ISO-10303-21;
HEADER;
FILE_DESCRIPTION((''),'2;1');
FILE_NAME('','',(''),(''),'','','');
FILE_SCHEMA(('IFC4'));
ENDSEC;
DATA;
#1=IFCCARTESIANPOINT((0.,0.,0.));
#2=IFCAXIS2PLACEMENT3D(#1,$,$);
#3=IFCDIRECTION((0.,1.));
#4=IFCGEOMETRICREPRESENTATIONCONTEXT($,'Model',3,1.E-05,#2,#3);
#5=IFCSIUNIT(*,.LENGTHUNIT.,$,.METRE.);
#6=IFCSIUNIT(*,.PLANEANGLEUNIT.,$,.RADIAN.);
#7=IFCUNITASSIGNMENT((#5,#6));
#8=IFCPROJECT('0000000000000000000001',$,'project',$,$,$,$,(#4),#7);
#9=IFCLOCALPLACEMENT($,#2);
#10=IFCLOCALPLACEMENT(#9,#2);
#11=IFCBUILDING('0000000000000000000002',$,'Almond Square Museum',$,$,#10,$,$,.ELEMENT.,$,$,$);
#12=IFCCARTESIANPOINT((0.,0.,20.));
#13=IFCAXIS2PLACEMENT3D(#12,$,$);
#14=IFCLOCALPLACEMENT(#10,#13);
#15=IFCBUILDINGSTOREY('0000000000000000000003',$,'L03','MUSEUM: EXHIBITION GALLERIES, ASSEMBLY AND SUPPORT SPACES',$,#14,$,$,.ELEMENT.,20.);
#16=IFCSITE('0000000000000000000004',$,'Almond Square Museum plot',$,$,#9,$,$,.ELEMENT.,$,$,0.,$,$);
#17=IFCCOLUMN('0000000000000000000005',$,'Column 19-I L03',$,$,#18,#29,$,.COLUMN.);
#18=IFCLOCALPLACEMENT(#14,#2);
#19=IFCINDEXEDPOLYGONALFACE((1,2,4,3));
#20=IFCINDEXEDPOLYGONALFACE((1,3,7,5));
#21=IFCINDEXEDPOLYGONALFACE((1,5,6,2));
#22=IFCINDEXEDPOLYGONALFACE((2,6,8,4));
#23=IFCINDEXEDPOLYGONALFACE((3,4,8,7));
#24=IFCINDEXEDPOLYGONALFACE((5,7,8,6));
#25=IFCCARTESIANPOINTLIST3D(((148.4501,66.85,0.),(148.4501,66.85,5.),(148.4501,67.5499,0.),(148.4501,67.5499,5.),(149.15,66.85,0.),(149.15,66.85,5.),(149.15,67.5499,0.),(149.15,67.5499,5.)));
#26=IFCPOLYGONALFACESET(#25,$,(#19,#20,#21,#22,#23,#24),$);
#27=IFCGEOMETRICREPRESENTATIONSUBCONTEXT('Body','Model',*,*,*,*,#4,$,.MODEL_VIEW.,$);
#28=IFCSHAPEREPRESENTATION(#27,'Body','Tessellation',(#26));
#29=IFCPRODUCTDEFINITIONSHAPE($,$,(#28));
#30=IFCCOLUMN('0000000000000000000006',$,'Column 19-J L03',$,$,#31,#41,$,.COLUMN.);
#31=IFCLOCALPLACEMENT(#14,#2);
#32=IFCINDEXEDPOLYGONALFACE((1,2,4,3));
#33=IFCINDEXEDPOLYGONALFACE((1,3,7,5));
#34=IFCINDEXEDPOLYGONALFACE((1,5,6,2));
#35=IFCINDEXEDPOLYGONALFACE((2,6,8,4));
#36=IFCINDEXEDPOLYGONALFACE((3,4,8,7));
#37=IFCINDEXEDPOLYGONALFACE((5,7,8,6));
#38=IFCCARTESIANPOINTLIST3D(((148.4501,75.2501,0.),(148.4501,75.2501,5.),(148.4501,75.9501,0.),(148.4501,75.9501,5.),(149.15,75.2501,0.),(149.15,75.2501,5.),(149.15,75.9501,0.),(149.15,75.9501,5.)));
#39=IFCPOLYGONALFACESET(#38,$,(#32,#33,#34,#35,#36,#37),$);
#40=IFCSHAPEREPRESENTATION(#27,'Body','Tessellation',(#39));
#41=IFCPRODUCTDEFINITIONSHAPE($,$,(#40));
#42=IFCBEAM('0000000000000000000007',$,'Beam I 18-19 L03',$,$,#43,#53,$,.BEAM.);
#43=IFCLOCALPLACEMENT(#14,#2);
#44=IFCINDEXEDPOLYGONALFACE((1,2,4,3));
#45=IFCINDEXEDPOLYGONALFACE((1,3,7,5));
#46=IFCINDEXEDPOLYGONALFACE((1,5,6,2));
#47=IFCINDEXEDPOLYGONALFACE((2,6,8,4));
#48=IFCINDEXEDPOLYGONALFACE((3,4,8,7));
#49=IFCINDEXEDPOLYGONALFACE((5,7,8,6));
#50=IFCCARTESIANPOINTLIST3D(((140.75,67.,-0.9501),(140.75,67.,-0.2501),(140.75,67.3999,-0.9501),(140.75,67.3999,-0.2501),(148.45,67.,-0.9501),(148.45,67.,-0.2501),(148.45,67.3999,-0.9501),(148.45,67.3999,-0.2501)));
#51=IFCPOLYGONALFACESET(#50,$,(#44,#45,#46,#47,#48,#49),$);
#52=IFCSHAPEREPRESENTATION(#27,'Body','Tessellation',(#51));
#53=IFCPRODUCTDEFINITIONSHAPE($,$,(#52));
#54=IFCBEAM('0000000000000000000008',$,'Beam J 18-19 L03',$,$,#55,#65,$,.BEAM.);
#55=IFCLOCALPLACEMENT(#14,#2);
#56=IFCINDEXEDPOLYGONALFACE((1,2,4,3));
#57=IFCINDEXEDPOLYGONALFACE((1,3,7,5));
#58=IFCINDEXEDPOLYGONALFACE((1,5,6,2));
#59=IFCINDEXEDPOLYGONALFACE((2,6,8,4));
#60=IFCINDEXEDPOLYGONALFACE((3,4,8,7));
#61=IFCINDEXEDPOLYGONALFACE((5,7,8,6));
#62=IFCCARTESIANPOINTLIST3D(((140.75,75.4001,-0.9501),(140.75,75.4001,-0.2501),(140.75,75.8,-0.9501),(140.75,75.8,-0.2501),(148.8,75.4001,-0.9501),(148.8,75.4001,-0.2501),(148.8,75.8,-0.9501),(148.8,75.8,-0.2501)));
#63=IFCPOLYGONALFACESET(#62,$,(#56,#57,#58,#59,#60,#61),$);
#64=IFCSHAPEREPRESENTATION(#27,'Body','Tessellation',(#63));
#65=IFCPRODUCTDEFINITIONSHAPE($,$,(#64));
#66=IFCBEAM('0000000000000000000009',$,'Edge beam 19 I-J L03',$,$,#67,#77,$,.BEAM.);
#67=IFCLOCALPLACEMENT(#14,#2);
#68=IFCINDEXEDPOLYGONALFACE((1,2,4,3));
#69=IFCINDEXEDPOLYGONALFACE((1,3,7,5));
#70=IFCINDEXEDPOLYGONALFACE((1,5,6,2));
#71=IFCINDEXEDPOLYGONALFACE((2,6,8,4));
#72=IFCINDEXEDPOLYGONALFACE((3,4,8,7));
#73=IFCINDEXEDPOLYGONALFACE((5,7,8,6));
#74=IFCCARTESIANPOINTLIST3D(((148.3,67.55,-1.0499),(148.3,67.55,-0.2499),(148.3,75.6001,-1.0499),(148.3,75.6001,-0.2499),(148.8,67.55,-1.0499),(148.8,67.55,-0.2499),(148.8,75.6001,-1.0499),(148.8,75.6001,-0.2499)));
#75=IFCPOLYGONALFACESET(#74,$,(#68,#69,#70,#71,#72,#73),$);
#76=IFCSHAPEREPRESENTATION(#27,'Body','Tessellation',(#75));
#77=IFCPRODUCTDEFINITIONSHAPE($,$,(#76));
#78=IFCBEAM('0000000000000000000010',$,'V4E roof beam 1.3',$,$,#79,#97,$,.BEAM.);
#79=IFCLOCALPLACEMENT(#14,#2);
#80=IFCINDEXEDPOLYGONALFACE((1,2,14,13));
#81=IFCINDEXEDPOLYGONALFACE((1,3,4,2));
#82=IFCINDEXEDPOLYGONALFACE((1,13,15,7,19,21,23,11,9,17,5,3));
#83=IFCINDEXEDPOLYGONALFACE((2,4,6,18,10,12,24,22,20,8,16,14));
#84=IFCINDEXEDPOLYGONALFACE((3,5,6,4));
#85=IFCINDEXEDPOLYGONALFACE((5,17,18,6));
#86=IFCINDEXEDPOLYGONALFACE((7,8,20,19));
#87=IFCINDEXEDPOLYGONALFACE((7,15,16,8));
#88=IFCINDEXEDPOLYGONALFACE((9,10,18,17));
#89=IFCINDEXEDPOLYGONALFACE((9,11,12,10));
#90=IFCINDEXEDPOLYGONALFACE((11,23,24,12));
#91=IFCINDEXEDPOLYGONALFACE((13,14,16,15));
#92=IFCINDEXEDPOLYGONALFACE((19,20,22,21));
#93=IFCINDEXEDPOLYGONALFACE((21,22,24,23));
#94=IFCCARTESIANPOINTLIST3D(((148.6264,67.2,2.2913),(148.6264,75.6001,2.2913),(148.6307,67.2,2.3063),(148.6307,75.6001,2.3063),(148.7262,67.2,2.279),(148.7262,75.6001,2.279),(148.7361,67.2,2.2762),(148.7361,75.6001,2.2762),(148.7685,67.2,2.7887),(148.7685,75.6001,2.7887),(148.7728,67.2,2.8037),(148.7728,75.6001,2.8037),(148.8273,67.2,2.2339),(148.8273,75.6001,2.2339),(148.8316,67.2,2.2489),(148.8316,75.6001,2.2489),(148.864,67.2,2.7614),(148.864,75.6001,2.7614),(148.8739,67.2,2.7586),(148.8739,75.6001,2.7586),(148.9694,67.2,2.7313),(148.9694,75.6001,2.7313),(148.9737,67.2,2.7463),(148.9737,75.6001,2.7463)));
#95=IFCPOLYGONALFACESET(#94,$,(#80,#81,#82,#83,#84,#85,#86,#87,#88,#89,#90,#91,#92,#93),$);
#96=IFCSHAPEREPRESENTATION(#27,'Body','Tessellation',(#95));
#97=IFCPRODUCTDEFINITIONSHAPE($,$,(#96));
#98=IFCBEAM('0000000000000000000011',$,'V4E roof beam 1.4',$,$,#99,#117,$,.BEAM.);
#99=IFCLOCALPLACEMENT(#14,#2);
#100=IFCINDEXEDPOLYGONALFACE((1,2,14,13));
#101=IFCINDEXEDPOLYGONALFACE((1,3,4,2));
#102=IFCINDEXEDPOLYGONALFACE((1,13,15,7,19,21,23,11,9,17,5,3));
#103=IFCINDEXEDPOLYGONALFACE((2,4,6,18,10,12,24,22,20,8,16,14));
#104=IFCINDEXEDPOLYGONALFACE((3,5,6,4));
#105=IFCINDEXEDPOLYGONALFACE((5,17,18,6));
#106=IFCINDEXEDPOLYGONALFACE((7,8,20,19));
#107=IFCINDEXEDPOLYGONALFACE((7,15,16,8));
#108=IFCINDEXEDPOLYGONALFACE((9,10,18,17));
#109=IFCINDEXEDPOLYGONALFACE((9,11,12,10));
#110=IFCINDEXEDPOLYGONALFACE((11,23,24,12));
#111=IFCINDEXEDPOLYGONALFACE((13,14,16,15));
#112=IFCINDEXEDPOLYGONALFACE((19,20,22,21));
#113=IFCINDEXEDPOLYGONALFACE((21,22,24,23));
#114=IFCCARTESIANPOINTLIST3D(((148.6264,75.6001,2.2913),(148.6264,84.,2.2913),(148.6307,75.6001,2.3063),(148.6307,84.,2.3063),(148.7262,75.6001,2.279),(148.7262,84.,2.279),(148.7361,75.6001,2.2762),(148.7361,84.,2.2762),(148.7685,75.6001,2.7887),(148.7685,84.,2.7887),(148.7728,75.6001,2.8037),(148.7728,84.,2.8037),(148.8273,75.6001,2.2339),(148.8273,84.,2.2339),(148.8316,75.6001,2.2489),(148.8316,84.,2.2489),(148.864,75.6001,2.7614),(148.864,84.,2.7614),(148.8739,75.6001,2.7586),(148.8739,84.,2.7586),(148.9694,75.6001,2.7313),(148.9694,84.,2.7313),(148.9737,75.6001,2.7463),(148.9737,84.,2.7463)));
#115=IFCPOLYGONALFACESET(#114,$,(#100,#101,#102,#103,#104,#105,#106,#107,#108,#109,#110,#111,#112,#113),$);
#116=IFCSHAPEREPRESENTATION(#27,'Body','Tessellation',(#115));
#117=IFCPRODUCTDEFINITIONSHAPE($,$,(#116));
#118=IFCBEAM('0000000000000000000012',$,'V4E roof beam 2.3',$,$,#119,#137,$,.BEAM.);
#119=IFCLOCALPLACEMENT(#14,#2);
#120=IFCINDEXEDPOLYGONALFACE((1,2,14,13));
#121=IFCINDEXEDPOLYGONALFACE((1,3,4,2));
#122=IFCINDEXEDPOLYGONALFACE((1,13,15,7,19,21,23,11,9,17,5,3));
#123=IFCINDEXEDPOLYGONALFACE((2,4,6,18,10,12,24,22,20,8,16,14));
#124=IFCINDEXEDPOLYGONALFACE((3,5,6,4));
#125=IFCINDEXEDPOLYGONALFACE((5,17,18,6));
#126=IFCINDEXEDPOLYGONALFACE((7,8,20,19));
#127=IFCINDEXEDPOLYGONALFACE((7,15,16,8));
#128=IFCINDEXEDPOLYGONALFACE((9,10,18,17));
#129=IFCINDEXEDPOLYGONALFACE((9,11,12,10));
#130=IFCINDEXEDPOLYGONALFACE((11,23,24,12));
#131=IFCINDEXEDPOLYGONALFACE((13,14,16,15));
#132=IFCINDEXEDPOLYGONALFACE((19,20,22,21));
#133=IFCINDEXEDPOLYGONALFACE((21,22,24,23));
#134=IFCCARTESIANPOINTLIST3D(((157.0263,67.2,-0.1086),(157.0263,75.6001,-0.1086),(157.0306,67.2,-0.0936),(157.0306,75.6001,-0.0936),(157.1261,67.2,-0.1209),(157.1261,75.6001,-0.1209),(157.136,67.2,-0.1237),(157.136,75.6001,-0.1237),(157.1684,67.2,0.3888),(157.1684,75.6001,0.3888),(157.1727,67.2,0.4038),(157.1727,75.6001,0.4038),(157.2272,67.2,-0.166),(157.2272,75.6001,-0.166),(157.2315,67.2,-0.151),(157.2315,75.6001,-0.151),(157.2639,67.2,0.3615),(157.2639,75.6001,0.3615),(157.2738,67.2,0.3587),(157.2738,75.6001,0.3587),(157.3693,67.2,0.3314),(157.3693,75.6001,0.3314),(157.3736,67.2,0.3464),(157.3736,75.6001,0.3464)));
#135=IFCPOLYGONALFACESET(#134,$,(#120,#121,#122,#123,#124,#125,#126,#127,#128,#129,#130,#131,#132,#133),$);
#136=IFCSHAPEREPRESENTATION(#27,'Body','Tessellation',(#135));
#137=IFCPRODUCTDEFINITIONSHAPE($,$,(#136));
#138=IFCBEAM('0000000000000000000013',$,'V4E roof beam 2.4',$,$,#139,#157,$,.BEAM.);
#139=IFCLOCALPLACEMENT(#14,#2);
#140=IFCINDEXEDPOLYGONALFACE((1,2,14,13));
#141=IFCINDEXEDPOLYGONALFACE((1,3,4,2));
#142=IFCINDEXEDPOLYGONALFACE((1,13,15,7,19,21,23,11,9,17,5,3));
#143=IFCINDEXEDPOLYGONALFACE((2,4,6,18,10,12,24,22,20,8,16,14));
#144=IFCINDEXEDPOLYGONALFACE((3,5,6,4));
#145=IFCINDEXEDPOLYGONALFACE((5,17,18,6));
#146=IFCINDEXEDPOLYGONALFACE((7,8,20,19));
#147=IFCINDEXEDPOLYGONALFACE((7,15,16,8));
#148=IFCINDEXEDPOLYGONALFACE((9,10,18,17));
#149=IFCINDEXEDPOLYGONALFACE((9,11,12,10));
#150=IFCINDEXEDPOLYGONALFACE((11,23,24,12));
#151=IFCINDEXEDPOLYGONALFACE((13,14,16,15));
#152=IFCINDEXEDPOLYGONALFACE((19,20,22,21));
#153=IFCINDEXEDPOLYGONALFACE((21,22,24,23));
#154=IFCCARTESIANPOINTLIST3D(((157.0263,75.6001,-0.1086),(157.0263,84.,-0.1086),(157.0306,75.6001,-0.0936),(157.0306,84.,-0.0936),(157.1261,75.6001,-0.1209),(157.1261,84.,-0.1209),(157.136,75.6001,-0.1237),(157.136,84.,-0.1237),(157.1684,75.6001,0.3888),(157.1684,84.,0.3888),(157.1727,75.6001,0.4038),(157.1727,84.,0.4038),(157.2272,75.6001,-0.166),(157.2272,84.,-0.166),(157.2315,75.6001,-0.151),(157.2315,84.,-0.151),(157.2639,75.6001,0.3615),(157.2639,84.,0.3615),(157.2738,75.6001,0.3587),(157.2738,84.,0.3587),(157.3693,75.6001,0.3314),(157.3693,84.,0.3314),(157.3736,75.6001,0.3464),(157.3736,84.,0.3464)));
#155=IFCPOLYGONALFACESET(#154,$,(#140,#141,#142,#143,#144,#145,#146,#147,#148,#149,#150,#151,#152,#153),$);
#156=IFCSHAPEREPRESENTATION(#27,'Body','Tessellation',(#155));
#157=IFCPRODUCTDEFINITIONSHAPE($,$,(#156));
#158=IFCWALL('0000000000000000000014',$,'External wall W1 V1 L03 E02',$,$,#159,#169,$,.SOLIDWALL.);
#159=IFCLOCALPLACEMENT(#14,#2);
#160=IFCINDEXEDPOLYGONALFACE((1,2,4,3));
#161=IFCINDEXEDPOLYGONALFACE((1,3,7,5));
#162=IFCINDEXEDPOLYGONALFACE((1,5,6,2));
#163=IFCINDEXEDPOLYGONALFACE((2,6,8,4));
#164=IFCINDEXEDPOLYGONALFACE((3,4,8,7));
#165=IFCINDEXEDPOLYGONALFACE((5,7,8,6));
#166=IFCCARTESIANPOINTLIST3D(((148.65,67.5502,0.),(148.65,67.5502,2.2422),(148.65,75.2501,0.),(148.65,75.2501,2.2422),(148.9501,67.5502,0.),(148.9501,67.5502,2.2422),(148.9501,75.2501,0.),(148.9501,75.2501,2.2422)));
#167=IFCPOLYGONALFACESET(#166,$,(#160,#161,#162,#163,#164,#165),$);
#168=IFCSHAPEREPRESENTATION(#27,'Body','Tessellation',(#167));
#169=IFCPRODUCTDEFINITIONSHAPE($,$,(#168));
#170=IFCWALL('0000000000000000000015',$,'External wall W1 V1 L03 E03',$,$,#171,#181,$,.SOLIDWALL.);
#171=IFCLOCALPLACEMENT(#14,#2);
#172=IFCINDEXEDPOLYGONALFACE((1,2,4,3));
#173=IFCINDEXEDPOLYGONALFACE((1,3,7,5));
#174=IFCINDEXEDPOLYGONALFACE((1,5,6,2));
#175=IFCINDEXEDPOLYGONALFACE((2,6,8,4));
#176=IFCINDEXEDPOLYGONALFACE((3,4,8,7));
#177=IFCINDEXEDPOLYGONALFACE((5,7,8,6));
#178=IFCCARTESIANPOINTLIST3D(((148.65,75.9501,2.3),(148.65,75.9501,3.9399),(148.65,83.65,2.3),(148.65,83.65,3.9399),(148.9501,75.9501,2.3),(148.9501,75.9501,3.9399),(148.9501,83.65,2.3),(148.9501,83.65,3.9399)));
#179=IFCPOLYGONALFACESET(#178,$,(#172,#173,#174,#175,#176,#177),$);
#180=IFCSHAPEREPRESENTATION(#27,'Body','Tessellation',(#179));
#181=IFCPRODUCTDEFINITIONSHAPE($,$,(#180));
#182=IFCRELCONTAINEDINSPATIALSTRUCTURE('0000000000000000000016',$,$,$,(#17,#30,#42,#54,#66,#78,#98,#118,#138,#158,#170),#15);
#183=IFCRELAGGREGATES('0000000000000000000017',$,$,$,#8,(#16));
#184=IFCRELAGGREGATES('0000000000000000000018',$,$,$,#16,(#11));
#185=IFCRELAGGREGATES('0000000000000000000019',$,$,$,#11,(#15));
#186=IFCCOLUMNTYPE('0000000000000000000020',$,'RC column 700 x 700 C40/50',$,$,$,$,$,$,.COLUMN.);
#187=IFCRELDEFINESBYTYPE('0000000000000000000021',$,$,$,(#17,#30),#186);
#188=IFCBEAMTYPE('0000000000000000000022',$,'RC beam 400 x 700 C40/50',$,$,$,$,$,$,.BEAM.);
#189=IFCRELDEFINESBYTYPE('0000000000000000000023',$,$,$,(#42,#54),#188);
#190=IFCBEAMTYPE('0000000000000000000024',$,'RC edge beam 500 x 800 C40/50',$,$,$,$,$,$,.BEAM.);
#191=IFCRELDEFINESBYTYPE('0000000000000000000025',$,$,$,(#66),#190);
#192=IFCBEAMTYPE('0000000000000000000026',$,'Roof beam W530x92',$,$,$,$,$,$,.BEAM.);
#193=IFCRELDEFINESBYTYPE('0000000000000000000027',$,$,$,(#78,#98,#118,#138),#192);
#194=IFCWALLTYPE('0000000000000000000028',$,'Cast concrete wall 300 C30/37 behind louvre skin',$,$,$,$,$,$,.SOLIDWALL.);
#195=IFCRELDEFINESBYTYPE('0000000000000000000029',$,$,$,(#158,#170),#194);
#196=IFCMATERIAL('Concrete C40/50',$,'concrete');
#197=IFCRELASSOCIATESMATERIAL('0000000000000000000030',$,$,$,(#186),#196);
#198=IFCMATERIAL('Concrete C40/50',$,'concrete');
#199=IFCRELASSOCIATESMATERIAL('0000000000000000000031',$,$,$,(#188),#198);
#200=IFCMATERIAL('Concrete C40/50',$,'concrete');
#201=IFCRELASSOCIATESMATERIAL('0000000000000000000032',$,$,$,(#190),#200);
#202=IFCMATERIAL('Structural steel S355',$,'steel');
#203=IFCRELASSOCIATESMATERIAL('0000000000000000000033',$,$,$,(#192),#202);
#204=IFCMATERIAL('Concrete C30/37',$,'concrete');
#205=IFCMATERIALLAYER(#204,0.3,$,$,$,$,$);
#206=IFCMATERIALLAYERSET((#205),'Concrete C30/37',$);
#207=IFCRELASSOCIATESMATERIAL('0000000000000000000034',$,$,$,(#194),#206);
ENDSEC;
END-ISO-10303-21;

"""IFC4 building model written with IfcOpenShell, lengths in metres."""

from ifc_helpers import new_model, si_unit, direction, frame, frame_2d, origin, origin_2d, place, context, subcontext, project, spatial, rectangle, i_section, extrude, material, layer, layer_set, material_profile, profile_set, type_object, element, save


model = new_model("IFC4")

# Units and contexts
model_context = context("Model", 3, precision=1e-05, world=origin(), true_north=direction((0.0, 1.0)))
body_context = subcontext(model_context, "Body", "Model", "MODEL_VIEW")
ifc_project = project(units=[si_unit("LENGTHUNIT", "METRE"), si_unit("PLANEANGLEUNIT", "RADIAN")], contexts=[model_context])

# Site, building, storey
site_placement = place(None, origin())
site = spatial("IfcSite", under=ifc_project, at=site_placement, Name="Almond Square Museum plot", CompositionType="ELEMENT", RefElevation=0.0)
building_placement = place(site_placement, origin())
building = spatial("IfcBuilding", under=site, at=building_placement, Name="Almond Square Museum", CompositionType="ELEMENT")
storey_placement = place(building_placement, frame((0.0, 0.0, 20.0)))
storey = spatial("IfcBuildingStorey", under=building, at=storey_placement, Name="L03", Description="MUSEUM: EXHIBITION GALLERIES, ASSEMBLY AND SUPPORT SPACES", CompositionType="ELEMENT", Elevation=20.0)

# Columns
ifc_material_1 = material(Name="Concrete C40/50", Category="concrete")
ifc_material_profile_1 = material_profile(ifc_material_1, rectangle(XDim=0.7, YDim=0.7, at=origin_2d()))
ifc_profile_set_1 = profile_set([ifc_material_profile_1], Name="Concrete C40/50")
column_type = type_object("IfcColumnType", Name="RC column 700 x 700 C40/50", PredefinedType="COLUMN", material=ifc_profile_set_1)
for number, where, z_axis, x_axis, name in (
    (1, (148.8, 67.2, 0.0), (0.0, 0.0, 1.0), (1.0, 0.0, 0.0), "Column 19-I L03"),
    (2, (148.8, 75.6001, 0.0), (0.0, 0.0, 1.0), (1.0, 0.0, 0.0), "Column 19-J L03"),
):
    element("IfcColumn", number, at=place(storey_placement, frame(where, z_axis=z_axis, x_axis=x_axis)), inside=storey, type_object=column_type, Name=name, PredefinedType="COLUMN", context=body_context, shape_type="SweptSolid", body=[
        extrude(rectangle(XDim=0.7, YDim=0.7, at=origin_2d()), origin(), (0.0, 0.0, 1.0), 5.0),
    ])

# Beams
ifc_material_2 = material(Name="Concrete C40/50", Category="concrete")
ifc_material_profile_2 = material_profile(ifc_material_2, rectangle(XDim=0.3999, YDim=0.7, at=origin_2d()))
ifc_profile_set_2 = profile_set([ifc_material_profile_2], Name="Concrete C40/50")
beam_type_1 = type_object("IfcBeamType", Name="RC beam 400 x 700 C40/50", PredefinedType="BEAM", material=ifc_profile_set_2)
beam_1_placement = place(storey_placement, frame((140.75, 67.2, -0.6001), z_axis=(1.0, 0.0, 0.0), x_axis=(0.0, 1.0, 0.0)))
element("IfcBeam", 3, at=beam_1_placement, inside=storey, type_object=beam_type_1, Name="Beam I 18-19 L03", PredefinedType="BEAM", context=body_context, shape_type="SweptSolid", body=[
    extrude(rectangle(XDim=0.3999, YDim=0.7, at=origin_2d()), origin(), (0.0, 0.0, 1.0), 7.7),
])
beam_2_placement = place(storey_placement, frame((140.75, 75.6001, -0.6001), z_axis=(1.0, 0.0, 0.0), x_axis=(0.0, 1.0, 0.0)))
element("IfcBeam", 4, at=beam_2_placement, inside=storey, type_object=beam_type_1, Name="Beam J 18-19 L03", PredefinedType="BEAM", context=body_context, shape_type="SweptSolid", body=[
    extrude(rectangle(XDim=0.3999, YDim=0.7, at=origin_2d()), origin(), (0.0, 0.0, 1.0), 8.05),
])
ifc_material_3 = material(Name="Concrete C40/50", Category="concrete")
ifc_material_profile_3 = material_profile(ifc_material_3, rectangle(XDim=0.5, YDim=0.8, at=origin_2d()))
ifc_profile_set_3 = profile_set([ifc_material_profile_3], Name="Concrete C40/50")
beam_type_2 = type_object("IfcBeamType", Name="RC edge beam 500 x 800 C40/50", PredefinedType="BEAM", material=ifc_profile_set_3)
beam_3_placement = place(storey_placement, frame((148.55, 67.55, -0.6499), z_axis=(0.0, 1.0, 0.0), x_axis=(-1.0, 0.0, 0.0)))
element("IfcBeam", 5, at=beam_3_placement, inside=storey, type_object=beam_type_2, Name="Edge beam 19 I-J L03", PredefinedType="BEAM", context=body_context, shape_type="SweptSolid", body=[
    extrude(rectangle(XDim=0.5, YDim=0.8, at=origin_2d()), origin(), (0.0, 0.0, 1.0), 8.05),
])
ifc_material_4 = material(Name="Structural steel S355", Category="steel")
ifc_material_profile_4 = material_profile(ifc_material_4, i_section(OverallWidth=0.209, OverallDepth=0.533, WebThickness=0.0103, FlangeThickness=0.0156, at=origin_2d()))
ifc_profile_set_4 = profile_set([ifc_material_profile_4], Name="Structural steel S355")
beam_type_3 = type_object("IfcBeamType", Name="Roof beam W530x92", PredefinedType="BEAM", material=ifc_profile_set_4)
beam_4_placement = place(storey_placement, frame((148.8, 67.2, 2.5188), z_axis=(0.0, 1.0, 0.0), x_axis=(-0.961524, 0.0, 0.274721)))
element("IfcBeam", 6, at=beam_4_placement, inside=storey, type_object=beam_type_3, Name="V4E roof beam 1.3", PredefinedType="BEAM", context=body_context, shape_type="SweptSolid", body=[
    extrude(i_section(OverallWidth=0.209, OverallDepth=0.533, WebThickness=0.0103, FlangeThickness=0.0156, at=origin_2d()), origin(), (0.0, 0.0, 1.0), 8.4001),
])
beam_5_placement = place(storey_placement, frame((148.8, 75.6001, 2.5188), z_axis=(0.0, 1.0, 0.0), x_axis=(-0.961524, 0.0, 0.274721)))
element("IfcBeam", 7, at=beam_5_placement, inside=storey, type_object=beam_type_3, Name="V4E roof beam 1.4", PredefinedType="BEAM", context=body_context, shape_type="SweptSolid", body=[
    extrude(i_section(OverallWidth=0.209, OverallDepth=0.533, WebThickness=0.0103, FlangeThickness=0.0156, at=origin_2d()), origin(), (0.0, 0.0, 1.0), 8.3999),
])
beam_6_placement = place(storey_placement, frame((157.2, 67.2, 0.1189), z_axis=(0.0, 1.0, 0.0), x_axis=(-0.961524, 0.0, 0.274721)))
element("IfcBeam", 8, at=beam_6_placement, inside=storey, type_object=beam_type_3, Name="V4E roof beam 2.3", PredefinedType="BEAM", context=body_context, shape_type="SweptSolid", body=[
    extrude(i_section(OverallWidth=0.209, OverallDepth=0.533, WebThickness=0.0103, FlangeThickness=0.0156, at=origin_2d()), origin(), (0.0, 0.0, 1.0), 8.4001),
])
beam_7_placement = place(storey_placement, frame((157.2, 75.6001, 0.1189), z_axis=(0.0, 1.0, 0.0), x_axis=(-0.961524, 0.0, 0.274721)))
element("IfcBeam", 9, at=beam_7_placement, inside=storey, type_object=beam_type_3, Name="V4E roof beam 2.4", PredefinedType="BEAM", context=body_context, shape_type="SweptSolid", body=[
    extrude(i_section(OverallWidth=0.209, OverallDepth=0.533, WebThickness=0.0103, FlangeThickness=0.0156, at=origin_2d()), origin(), (0.0, 0.0, 1.0), 8.3999),
])

# Walls
ifc_material_5 = material(Name="Concrete C30/37", Category="concrete")
ifc_layer_1 = layer(ifc_material_5, 0.3)
ifc_layer_set_1 = layer_set([ifc_layer_1], Name="Concrete C30/37")
wall_type_1 = type_object("IfcWallType", Name="Cast concrete wall 300 C30/37 behind louvre skin", PredefinedType="SOLIDWALL", material=ifc_layer_set_1)
wall_1_placement = place(storey_placement, frame((148.8, 67.55, 0.0), z_axis=(0.0, 0.0, 1.0), x_axis=(0.0, 1.0, 0.0)))
element("IfcWall", 10, at=wall_1_placement, inside=storey, type_object=wall_type_1, Name="External wall W1 V1 L03 E02", PredefinedType="SOLIDWALL", context=body_context, shape_type="SweptSolid", body=[
    extrude(rectangle(XDim=7.7, YDim=0.3, at=frame_2d((3.8501, 0.0))), origin(), (0.0, 0.0, 1.0), 2.2422),
])
wall_2_placement = place(storey_placement, frame((148.8, 75.95, 2.3), z_axis=(0.0, 0.0, 1.0), x_axis=(0.0, 1.0, 0.0)))
element("IfcWall", 11, at=wall_2_placement, inside=storey, type_object=wall_type_1, Name="External wall W1 V1 L03 E03", PredefinedType="SOLIDWALL", context=body_context, shape_type="SweptSolid", body=[
    extrude(rectangle(XDim=7.7, YDim=0.3, at=frame_2d((3.8501, 0.0))), origin(), (0.0, 0.0, 1.0), 1.6399),
])

save(model, "model.ifc")
